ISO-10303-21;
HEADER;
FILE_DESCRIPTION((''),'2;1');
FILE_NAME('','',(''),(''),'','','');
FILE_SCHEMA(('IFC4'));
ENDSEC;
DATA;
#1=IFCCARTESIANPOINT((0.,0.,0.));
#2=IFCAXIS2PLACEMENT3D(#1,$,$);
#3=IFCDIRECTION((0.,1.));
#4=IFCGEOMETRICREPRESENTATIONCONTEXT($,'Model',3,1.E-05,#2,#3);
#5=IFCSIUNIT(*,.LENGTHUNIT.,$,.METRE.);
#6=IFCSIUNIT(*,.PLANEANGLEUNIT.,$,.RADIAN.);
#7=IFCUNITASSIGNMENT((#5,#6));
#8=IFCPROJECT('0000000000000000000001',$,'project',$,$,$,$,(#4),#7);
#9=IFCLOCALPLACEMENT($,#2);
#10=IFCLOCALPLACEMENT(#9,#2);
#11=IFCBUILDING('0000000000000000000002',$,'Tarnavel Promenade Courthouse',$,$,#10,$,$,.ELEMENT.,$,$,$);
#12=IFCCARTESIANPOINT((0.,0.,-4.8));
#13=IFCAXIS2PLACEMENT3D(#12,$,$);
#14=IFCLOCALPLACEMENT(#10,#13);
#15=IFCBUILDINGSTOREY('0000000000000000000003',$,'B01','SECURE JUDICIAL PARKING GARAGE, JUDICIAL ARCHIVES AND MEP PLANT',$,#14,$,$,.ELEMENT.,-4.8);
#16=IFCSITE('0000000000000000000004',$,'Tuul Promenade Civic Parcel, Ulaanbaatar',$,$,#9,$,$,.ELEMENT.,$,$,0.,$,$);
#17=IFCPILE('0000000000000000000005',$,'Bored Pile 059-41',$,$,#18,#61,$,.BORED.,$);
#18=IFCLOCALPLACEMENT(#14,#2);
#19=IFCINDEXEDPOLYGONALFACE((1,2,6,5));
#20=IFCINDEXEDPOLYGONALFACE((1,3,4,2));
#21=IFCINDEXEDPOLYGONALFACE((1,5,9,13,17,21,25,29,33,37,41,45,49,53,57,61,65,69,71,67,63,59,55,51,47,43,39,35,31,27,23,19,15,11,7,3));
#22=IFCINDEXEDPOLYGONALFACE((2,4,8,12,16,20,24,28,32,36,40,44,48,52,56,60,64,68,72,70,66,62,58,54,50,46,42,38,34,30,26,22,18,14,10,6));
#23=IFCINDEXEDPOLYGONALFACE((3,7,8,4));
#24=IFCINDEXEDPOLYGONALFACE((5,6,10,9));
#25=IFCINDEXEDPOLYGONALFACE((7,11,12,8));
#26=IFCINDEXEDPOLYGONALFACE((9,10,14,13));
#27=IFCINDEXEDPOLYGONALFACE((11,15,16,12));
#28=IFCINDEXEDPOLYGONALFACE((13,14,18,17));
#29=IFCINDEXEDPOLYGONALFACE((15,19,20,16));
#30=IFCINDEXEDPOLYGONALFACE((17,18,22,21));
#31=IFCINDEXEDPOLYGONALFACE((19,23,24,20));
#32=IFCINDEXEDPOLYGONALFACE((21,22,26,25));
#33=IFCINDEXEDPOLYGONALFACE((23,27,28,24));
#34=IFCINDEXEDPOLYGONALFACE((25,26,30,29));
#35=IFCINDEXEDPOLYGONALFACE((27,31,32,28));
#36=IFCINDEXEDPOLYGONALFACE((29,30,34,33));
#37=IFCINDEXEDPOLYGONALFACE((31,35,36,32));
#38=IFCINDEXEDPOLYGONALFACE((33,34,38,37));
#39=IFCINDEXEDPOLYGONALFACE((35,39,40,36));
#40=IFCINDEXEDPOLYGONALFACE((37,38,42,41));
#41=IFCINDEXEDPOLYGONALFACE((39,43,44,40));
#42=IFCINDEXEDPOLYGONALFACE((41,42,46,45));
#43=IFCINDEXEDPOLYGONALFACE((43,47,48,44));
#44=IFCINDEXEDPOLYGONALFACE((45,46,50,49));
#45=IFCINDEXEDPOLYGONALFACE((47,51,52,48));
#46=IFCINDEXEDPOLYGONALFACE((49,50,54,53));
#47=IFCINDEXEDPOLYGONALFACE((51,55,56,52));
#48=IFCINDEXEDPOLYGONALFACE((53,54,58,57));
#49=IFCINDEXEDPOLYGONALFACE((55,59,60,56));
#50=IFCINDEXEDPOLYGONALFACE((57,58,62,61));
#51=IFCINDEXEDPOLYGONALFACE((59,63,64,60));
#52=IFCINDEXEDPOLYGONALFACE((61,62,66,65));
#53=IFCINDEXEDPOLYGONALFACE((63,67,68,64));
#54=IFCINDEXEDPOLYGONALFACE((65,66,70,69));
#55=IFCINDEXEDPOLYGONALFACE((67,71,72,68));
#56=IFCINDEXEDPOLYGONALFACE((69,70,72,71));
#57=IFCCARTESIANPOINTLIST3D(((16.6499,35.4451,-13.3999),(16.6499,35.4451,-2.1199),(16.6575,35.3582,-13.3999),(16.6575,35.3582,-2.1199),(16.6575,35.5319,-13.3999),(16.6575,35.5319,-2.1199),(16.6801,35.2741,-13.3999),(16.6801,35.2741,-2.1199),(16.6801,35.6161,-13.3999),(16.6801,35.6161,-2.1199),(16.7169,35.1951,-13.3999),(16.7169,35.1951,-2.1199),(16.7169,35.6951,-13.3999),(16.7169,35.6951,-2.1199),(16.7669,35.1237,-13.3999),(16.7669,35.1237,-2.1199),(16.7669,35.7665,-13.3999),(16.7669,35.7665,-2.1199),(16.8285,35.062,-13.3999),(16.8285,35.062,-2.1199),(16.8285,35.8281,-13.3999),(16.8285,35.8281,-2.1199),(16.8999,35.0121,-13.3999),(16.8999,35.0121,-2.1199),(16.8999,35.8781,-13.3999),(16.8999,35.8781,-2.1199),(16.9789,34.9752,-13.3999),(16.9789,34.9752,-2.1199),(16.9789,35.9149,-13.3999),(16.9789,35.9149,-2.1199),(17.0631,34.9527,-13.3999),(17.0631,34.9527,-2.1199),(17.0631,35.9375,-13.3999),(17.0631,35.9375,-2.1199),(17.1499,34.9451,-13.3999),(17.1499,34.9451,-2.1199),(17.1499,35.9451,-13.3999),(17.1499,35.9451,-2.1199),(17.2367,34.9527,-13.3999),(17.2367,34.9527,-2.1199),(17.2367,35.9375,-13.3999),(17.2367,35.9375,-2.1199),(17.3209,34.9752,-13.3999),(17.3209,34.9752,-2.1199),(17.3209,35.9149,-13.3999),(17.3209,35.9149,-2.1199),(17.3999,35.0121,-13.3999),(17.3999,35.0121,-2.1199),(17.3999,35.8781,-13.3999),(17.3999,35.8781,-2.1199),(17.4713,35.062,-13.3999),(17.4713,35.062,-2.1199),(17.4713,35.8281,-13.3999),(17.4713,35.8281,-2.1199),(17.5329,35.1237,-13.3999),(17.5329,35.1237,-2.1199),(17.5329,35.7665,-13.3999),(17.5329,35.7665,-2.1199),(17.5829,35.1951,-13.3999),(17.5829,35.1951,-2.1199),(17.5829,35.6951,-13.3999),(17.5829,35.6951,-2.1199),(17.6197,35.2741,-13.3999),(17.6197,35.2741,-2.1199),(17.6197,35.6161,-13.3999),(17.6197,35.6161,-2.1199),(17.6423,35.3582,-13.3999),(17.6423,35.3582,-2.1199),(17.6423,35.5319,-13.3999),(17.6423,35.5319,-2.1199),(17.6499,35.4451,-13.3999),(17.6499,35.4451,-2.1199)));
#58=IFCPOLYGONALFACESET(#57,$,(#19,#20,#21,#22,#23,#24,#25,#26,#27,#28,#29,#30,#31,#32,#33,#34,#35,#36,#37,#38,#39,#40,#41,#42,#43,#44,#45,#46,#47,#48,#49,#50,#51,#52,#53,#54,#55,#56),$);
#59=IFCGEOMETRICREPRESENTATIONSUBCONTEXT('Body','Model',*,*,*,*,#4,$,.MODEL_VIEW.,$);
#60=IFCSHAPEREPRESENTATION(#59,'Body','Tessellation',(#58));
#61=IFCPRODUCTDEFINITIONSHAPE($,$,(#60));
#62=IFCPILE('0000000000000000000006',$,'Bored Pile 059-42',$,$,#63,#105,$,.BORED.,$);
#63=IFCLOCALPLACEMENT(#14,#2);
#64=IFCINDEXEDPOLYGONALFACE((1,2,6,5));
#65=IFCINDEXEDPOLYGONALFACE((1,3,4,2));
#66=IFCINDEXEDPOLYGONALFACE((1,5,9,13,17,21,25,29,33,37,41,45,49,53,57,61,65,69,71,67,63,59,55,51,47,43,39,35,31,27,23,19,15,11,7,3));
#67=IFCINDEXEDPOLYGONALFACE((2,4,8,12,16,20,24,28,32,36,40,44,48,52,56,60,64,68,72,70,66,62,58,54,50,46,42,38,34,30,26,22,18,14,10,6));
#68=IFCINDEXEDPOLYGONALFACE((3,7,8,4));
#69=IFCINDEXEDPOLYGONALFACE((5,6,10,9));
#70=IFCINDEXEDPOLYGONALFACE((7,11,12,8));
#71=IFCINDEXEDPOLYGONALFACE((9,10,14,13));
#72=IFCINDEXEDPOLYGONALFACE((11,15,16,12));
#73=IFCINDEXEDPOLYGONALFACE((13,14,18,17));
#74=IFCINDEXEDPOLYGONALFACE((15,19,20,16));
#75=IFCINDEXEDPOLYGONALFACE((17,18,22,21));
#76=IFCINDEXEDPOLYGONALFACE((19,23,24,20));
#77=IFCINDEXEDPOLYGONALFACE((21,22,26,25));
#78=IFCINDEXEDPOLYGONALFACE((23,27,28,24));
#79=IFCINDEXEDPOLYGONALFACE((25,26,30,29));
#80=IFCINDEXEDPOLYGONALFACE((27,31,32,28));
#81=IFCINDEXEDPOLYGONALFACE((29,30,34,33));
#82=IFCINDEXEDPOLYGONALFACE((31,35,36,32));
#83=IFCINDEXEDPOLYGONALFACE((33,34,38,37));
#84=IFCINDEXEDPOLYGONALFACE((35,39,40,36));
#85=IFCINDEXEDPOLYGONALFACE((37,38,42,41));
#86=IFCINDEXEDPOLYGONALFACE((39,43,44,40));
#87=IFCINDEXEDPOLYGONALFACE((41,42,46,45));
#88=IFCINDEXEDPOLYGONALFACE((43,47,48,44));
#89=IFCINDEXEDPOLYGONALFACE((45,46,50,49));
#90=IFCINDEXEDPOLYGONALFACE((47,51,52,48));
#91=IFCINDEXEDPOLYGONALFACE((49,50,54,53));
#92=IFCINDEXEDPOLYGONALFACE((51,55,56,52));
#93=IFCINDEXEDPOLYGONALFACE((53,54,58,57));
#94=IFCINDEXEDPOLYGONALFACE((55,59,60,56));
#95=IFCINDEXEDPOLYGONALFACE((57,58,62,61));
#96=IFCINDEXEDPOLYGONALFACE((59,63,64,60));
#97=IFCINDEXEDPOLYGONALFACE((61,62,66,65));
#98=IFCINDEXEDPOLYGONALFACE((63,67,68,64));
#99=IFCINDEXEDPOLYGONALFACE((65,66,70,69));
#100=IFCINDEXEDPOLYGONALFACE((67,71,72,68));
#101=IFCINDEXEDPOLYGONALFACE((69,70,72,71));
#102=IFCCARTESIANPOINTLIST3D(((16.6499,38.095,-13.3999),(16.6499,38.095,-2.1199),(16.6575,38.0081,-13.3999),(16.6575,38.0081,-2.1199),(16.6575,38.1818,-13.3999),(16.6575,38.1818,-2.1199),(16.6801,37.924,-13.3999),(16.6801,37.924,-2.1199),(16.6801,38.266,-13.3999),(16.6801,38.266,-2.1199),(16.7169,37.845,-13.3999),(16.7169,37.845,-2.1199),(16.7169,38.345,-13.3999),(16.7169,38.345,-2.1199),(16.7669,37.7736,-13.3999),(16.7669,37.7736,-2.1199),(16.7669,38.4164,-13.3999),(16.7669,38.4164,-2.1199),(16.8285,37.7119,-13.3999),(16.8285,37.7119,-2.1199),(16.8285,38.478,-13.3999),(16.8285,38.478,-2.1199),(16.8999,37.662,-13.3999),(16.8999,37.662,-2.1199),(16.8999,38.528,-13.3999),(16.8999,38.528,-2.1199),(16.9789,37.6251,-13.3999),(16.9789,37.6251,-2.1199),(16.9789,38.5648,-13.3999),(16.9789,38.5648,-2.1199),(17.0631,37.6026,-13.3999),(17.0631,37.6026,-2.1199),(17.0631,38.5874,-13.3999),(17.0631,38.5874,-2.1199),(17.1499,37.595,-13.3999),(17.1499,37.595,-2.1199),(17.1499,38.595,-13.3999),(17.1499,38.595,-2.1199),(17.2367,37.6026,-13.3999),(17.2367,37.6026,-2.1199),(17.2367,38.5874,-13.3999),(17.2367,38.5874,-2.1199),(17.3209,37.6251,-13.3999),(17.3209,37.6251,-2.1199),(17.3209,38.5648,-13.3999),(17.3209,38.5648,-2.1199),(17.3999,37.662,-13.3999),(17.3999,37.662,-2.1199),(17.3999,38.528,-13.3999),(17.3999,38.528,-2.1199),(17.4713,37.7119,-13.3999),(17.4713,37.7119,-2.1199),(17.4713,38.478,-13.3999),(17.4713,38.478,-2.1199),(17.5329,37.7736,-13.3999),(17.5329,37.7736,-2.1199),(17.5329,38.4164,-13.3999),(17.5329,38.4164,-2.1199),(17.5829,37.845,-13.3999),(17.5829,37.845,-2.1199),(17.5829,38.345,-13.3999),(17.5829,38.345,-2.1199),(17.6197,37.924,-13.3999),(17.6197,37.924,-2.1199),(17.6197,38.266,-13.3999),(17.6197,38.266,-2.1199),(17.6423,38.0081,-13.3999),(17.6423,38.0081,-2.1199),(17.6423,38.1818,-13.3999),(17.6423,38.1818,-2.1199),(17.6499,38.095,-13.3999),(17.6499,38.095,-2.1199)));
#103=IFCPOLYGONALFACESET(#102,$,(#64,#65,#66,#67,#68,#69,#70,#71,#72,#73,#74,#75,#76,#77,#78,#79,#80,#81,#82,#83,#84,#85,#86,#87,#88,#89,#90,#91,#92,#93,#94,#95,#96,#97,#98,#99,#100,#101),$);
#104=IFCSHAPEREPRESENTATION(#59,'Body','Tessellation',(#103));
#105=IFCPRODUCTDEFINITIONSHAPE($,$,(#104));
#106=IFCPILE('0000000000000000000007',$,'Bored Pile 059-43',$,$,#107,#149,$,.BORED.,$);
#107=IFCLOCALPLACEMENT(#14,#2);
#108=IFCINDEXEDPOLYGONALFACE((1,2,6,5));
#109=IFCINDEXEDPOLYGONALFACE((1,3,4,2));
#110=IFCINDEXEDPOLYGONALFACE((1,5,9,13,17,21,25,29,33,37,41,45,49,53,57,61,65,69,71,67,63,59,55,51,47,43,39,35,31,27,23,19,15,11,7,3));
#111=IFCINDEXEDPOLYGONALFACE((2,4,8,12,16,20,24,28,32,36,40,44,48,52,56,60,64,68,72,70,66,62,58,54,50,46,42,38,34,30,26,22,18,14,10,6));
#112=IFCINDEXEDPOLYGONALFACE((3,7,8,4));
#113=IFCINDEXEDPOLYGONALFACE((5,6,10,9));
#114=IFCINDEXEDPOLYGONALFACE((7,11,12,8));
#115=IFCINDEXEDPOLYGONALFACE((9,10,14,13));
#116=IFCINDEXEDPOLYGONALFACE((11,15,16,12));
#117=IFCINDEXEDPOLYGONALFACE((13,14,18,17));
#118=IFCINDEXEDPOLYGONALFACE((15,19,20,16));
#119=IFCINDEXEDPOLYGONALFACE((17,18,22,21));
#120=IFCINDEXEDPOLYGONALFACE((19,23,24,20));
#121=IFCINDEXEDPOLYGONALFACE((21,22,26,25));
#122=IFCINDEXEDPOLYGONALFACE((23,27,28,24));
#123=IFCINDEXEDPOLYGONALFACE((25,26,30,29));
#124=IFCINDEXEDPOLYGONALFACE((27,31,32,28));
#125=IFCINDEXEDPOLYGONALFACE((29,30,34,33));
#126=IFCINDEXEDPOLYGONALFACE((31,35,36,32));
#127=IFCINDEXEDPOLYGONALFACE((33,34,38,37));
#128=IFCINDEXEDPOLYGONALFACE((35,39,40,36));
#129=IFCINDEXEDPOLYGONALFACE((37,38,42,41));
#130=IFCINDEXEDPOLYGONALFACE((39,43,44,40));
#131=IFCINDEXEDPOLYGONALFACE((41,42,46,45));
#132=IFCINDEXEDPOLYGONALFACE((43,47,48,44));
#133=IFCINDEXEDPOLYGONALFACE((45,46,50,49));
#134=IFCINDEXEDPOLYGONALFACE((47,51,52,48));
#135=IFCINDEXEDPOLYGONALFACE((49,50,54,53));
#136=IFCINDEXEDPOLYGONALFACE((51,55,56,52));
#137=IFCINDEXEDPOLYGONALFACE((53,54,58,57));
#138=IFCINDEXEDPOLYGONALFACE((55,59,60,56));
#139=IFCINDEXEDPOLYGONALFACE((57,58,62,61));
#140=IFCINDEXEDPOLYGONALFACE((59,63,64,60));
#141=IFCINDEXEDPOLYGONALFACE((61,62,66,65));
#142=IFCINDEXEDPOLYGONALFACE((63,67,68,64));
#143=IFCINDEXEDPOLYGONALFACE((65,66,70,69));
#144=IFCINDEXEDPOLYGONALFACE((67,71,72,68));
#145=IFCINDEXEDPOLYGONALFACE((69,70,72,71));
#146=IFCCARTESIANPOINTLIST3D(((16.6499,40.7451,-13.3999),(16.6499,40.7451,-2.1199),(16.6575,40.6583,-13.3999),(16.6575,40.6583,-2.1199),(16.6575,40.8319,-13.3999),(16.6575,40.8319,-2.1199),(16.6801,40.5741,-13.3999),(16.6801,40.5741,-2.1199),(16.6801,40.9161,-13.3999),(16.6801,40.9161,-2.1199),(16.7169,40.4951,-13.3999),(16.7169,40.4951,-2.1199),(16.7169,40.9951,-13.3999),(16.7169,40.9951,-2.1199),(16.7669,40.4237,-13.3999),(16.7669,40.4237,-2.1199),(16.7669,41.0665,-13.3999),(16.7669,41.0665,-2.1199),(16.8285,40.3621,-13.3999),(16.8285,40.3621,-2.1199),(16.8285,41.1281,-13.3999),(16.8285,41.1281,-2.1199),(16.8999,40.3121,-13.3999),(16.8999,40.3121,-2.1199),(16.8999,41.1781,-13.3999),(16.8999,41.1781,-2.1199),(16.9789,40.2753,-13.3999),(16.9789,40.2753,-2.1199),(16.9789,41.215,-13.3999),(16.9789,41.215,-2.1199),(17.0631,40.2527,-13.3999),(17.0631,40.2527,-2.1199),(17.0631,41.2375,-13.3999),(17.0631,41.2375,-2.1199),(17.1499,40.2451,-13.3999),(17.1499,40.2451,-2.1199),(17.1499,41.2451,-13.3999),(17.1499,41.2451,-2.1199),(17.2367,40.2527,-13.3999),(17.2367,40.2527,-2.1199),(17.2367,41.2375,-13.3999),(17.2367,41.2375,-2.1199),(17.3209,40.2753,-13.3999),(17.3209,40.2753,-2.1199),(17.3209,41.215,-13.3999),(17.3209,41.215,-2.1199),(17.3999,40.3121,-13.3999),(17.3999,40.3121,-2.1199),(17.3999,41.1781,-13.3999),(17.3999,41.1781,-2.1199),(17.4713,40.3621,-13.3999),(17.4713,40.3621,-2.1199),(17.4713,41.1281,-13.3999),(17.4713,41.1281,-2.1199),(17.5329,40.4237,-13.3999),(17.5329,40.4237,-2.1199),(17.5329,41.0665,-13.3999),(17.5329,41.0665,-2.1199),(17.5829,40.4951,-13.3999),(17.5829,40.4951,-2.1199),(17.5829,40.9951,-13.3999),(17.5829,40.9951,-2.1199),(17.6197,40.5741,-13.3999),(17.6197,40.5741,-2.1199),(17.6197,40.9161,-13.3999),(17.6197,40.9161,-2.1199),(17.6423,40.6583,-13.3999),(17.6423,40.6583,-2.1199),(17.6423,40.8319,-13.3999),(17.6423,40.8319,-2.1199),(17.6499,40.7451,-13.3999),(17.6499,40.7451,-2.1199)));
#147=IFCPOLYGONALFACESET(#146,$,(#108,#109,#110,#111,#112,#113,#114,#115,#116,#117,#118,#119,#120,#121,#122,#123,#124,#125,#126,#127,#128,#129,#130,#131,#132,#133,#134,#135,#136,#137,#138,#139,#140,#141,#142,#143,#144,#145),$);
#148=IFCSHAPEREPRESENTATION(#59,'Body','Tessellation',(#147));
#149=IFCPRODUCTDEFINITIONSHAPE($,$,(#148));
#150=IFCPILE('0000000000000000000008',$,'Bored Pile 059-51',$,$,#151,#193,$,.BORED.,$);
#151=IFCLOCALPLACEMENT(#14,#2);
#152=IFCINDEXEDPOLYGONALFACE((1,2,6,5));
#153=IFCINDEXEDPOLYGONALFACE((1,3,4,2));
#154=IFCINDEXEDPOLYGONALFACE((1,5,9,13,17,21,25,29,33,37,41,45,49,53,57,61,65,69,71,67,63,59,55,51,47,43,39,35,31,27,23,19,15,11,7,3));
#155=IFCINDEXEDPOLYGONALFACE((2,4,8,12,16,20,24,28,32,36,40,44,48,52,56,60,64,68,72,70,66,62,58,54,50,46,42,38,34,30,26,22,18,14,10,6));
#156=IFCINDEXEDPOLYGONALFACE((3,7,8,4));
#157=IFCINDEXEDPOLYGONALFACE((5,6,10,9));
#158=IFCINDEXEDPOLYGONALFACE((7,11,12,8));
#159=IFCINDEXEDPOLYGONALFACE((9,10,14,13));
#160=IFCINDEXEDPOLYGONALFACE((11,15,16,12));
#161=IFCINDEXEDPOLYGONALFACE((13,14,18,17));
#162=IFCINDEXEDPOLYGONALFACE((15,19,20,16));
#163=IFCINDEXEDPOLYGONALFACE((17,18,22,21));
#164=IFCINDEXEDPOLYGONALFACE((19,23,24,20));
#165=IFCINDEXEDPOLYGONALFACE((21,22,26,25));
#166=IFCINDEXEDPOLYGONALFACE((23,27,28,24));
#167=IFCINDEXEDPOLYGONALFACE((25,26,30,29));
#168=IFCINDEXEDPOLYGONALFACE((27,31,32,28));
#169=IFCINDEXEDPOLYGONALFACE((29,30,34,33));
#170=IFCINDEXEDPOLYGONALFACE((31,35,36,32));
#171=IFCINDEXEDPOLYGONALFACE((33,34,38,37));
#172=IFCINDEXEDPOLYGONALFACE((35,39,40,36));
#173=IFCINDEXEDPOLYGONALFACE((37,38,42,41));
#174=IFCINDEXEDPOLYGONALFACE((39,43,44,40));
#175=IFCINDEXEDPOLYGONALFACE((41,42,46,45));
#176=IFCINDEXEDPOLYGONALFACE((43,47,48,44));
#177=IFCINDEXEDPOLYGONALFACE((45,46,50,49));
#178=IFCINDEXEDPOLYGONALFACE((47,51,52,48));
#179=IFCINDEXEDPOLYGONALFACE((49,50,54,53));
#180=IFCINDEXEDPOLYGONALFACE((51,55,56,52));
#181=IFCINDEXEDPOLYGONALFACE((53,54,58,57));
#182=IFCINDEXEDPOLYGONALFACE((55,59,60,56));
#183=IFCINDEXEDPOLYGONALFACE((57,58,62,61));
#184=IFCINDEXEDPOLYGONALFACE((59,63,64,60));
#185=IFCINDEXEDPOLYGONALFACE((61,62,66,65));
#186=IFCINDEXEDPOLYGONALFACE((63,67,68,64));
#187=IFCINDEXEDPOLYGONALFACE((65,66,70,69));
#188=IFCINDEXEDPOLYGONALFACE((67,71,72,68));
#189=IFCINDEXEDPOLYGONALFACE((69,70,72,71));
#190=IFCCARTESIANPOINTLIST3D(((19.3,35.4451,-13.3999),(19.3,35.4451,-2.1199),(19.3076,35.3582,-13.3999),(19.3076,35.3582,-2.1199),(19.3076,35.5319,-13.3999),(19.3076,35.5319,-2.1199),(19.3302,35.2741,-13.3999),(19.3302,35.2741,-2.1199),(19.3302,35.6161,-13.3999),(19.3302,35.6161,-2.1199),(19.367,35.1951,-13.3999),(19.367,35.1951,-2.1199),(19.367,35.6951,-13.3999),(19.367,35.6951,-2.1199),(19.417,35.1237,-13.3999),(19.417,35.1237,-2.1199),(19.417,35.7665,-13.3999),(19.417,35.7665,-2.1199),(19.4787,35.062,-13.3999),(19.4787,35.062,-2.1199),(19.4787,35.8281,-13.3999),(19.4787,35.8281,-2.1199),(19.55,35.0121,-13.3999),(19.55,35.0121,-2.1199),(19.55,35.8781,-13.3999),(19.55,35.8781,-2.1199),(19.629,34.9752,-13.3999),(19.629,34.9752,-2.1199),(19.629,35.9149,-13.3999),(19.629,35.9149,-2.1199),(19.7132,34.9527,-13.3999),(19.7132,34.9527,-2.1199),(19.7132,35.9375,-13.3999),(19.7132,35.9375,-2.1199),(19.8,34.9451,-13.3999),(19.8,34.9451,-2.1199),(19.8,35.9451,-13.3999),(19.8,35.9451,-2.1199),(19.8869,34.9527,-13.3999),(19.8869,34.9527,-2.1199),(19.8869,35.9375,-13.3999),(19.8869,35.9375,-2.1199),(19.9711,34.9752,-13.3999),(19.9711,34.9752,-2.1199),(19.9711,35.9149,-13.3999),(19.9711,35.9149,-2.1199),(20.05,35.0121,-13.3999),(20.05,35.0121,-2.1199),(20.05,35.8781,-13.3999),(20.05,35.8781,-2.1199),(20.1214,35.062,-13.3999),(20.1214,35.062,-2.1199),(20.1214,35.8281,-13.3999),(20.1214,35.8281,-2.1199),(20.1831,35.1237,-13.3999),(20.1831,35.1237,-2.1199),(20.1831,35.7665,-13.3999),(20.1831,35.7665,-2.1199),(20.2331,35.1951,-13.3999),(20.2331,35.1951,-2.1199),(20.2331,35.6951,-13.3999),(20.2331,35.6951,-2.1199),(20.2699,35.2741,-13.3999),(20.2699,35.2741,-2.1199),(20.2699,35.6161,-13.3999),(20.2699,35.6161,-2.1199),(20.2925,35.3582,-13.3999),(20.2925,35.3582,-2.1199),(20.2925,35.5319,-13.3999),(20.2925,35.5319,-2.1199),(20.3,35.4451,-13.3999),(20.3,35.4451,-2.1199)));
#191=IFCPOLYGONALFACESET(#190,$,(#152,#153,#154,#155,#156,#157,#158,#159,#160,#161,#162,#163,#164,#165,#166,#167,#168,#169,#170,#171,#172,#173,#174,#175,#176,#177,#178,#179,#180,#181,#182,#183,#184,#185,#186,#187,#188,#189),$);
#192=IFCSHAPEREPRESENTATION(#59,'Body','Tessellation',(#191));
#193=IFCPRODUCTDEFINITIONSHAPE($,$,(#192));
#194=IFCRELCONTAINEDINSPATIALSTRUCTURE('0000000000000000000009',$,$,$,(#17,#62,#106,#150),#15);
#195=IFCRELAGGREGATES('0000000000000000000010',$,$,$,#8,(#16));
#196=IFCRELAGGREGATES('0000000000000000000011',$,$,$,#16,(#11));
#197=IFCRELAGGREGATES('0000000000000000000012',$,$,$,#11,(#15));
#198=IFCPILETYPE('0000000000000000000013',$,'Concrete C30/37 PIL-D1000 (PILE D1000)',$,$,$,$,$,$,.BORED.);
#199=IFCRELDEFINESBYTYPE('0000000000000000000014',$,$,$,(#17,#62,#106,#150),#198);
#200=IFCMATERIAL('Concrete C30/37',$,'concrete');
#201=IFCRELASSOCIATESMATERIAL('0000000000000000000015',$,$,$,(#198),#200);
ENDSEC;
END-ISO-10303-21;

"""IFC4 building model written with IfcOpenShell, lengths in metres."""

from ifc_helpers import new_model, si_unit, direction, frame, origin, origin_2d, place, context, subcontext, project, spatial, circle, extrude, material, material_profile, profile_set, type_object, element, save


model = new_model("IFC4")

# Units and contexts
model_context = context("Model", 3, precision=1e-05, world=origin(), true_north=direction((0.0, 1.0)))
body_context = subcontext(model_context, "Body", "Model", "MODEL_VIEW")
ifc_project = project(units=[si_unit("LENGTHUNIT", "METRE"), si_unit("PLANEANGLEUNIT", "RADIAN")], contexts=[model_context])

# Site, building, storey
site_placement = place(None, origin())
site = spatial("IfcSite", under=ifc_project, at=site_placement, Name="Tuul Promenade Civic Parcel, Ulaanbaatar", CompositionType="ELEMENT", RefElevation=0.0)
building_placement = place(site_placement, origin())
building = spatial("IfcBuilding", under=site, at=building_placement, Name="Tarnavel Promenade Courthouse", CompositionType="ELEMENT")
storey_placement = place(building_placement, frame((0.0, 0.0, -4.8)))
storey = spatial("IfcBuildingStorey", under=building, at=storey_placement, Name="B01", Description="SECURE JUDICIAL PARKING GARAGE, JUDICIAL ARCHIVES AND MEP PLANT", CompositionType="ELEMENT", Elevation=-4.8)

# Piles
ifc_material_1 = material(Name="Concrete C30/37", Category="concrete")
ifc_material_profile_1 = material_profile(ifc_material_1, circle(Radius=0.5, at=origin_2d()), Name="PILE D1000")
ifc_profile_set_1 = profile_set([ifc_material_profile_1], Name="Concrete C30/37")
pile_type = type_object("IfcPileType", Name="Concrete C30/37 PIL-D1000 (PILE D1000)", PredefinedType="BORED", material=ifc_profile_set_1)
for number, where, z_axis, x_axis, name in (
    (1, (17.1499, 35.4451, -2.1199), (0.0, 0.0, -1.0), (1.0, 0.0, 0.0), "Bored Pile 059-41"),
    (2, (17.1499, 38.095, -2.1199), (0.0, 0.0, -1.0), (1.0, 0.0, 0.0), "Bored Pile 059-42"),
    (3, (17.1499, 40.7451, -2.1199), (0.0, 0.0, -1.0), (1.0, 0.0, 0.0), "Bored Pile 059-43"),
    (4, (19.8, 35.4451, -2.1199), (0.0, 0.0, -1.0), (1.0, 0.0, 0.0), "Bored Pile 059-51"),
):
    element("IfcPile", number, at=place(storey_placement, frame(where, z_axis=z_axis, x_axis=x_axis)), inside=storey, type_object=pile_type, Name=name, PredefinedType="BORED", context=body_context, shape_type="SweptSolid", body=[
        extrude(circle(Radius=0.5, at=origin_2d()), origin(), (0.0, 0.0, 1.0), 11.28),
    ])

save(model, "model.ifc")
